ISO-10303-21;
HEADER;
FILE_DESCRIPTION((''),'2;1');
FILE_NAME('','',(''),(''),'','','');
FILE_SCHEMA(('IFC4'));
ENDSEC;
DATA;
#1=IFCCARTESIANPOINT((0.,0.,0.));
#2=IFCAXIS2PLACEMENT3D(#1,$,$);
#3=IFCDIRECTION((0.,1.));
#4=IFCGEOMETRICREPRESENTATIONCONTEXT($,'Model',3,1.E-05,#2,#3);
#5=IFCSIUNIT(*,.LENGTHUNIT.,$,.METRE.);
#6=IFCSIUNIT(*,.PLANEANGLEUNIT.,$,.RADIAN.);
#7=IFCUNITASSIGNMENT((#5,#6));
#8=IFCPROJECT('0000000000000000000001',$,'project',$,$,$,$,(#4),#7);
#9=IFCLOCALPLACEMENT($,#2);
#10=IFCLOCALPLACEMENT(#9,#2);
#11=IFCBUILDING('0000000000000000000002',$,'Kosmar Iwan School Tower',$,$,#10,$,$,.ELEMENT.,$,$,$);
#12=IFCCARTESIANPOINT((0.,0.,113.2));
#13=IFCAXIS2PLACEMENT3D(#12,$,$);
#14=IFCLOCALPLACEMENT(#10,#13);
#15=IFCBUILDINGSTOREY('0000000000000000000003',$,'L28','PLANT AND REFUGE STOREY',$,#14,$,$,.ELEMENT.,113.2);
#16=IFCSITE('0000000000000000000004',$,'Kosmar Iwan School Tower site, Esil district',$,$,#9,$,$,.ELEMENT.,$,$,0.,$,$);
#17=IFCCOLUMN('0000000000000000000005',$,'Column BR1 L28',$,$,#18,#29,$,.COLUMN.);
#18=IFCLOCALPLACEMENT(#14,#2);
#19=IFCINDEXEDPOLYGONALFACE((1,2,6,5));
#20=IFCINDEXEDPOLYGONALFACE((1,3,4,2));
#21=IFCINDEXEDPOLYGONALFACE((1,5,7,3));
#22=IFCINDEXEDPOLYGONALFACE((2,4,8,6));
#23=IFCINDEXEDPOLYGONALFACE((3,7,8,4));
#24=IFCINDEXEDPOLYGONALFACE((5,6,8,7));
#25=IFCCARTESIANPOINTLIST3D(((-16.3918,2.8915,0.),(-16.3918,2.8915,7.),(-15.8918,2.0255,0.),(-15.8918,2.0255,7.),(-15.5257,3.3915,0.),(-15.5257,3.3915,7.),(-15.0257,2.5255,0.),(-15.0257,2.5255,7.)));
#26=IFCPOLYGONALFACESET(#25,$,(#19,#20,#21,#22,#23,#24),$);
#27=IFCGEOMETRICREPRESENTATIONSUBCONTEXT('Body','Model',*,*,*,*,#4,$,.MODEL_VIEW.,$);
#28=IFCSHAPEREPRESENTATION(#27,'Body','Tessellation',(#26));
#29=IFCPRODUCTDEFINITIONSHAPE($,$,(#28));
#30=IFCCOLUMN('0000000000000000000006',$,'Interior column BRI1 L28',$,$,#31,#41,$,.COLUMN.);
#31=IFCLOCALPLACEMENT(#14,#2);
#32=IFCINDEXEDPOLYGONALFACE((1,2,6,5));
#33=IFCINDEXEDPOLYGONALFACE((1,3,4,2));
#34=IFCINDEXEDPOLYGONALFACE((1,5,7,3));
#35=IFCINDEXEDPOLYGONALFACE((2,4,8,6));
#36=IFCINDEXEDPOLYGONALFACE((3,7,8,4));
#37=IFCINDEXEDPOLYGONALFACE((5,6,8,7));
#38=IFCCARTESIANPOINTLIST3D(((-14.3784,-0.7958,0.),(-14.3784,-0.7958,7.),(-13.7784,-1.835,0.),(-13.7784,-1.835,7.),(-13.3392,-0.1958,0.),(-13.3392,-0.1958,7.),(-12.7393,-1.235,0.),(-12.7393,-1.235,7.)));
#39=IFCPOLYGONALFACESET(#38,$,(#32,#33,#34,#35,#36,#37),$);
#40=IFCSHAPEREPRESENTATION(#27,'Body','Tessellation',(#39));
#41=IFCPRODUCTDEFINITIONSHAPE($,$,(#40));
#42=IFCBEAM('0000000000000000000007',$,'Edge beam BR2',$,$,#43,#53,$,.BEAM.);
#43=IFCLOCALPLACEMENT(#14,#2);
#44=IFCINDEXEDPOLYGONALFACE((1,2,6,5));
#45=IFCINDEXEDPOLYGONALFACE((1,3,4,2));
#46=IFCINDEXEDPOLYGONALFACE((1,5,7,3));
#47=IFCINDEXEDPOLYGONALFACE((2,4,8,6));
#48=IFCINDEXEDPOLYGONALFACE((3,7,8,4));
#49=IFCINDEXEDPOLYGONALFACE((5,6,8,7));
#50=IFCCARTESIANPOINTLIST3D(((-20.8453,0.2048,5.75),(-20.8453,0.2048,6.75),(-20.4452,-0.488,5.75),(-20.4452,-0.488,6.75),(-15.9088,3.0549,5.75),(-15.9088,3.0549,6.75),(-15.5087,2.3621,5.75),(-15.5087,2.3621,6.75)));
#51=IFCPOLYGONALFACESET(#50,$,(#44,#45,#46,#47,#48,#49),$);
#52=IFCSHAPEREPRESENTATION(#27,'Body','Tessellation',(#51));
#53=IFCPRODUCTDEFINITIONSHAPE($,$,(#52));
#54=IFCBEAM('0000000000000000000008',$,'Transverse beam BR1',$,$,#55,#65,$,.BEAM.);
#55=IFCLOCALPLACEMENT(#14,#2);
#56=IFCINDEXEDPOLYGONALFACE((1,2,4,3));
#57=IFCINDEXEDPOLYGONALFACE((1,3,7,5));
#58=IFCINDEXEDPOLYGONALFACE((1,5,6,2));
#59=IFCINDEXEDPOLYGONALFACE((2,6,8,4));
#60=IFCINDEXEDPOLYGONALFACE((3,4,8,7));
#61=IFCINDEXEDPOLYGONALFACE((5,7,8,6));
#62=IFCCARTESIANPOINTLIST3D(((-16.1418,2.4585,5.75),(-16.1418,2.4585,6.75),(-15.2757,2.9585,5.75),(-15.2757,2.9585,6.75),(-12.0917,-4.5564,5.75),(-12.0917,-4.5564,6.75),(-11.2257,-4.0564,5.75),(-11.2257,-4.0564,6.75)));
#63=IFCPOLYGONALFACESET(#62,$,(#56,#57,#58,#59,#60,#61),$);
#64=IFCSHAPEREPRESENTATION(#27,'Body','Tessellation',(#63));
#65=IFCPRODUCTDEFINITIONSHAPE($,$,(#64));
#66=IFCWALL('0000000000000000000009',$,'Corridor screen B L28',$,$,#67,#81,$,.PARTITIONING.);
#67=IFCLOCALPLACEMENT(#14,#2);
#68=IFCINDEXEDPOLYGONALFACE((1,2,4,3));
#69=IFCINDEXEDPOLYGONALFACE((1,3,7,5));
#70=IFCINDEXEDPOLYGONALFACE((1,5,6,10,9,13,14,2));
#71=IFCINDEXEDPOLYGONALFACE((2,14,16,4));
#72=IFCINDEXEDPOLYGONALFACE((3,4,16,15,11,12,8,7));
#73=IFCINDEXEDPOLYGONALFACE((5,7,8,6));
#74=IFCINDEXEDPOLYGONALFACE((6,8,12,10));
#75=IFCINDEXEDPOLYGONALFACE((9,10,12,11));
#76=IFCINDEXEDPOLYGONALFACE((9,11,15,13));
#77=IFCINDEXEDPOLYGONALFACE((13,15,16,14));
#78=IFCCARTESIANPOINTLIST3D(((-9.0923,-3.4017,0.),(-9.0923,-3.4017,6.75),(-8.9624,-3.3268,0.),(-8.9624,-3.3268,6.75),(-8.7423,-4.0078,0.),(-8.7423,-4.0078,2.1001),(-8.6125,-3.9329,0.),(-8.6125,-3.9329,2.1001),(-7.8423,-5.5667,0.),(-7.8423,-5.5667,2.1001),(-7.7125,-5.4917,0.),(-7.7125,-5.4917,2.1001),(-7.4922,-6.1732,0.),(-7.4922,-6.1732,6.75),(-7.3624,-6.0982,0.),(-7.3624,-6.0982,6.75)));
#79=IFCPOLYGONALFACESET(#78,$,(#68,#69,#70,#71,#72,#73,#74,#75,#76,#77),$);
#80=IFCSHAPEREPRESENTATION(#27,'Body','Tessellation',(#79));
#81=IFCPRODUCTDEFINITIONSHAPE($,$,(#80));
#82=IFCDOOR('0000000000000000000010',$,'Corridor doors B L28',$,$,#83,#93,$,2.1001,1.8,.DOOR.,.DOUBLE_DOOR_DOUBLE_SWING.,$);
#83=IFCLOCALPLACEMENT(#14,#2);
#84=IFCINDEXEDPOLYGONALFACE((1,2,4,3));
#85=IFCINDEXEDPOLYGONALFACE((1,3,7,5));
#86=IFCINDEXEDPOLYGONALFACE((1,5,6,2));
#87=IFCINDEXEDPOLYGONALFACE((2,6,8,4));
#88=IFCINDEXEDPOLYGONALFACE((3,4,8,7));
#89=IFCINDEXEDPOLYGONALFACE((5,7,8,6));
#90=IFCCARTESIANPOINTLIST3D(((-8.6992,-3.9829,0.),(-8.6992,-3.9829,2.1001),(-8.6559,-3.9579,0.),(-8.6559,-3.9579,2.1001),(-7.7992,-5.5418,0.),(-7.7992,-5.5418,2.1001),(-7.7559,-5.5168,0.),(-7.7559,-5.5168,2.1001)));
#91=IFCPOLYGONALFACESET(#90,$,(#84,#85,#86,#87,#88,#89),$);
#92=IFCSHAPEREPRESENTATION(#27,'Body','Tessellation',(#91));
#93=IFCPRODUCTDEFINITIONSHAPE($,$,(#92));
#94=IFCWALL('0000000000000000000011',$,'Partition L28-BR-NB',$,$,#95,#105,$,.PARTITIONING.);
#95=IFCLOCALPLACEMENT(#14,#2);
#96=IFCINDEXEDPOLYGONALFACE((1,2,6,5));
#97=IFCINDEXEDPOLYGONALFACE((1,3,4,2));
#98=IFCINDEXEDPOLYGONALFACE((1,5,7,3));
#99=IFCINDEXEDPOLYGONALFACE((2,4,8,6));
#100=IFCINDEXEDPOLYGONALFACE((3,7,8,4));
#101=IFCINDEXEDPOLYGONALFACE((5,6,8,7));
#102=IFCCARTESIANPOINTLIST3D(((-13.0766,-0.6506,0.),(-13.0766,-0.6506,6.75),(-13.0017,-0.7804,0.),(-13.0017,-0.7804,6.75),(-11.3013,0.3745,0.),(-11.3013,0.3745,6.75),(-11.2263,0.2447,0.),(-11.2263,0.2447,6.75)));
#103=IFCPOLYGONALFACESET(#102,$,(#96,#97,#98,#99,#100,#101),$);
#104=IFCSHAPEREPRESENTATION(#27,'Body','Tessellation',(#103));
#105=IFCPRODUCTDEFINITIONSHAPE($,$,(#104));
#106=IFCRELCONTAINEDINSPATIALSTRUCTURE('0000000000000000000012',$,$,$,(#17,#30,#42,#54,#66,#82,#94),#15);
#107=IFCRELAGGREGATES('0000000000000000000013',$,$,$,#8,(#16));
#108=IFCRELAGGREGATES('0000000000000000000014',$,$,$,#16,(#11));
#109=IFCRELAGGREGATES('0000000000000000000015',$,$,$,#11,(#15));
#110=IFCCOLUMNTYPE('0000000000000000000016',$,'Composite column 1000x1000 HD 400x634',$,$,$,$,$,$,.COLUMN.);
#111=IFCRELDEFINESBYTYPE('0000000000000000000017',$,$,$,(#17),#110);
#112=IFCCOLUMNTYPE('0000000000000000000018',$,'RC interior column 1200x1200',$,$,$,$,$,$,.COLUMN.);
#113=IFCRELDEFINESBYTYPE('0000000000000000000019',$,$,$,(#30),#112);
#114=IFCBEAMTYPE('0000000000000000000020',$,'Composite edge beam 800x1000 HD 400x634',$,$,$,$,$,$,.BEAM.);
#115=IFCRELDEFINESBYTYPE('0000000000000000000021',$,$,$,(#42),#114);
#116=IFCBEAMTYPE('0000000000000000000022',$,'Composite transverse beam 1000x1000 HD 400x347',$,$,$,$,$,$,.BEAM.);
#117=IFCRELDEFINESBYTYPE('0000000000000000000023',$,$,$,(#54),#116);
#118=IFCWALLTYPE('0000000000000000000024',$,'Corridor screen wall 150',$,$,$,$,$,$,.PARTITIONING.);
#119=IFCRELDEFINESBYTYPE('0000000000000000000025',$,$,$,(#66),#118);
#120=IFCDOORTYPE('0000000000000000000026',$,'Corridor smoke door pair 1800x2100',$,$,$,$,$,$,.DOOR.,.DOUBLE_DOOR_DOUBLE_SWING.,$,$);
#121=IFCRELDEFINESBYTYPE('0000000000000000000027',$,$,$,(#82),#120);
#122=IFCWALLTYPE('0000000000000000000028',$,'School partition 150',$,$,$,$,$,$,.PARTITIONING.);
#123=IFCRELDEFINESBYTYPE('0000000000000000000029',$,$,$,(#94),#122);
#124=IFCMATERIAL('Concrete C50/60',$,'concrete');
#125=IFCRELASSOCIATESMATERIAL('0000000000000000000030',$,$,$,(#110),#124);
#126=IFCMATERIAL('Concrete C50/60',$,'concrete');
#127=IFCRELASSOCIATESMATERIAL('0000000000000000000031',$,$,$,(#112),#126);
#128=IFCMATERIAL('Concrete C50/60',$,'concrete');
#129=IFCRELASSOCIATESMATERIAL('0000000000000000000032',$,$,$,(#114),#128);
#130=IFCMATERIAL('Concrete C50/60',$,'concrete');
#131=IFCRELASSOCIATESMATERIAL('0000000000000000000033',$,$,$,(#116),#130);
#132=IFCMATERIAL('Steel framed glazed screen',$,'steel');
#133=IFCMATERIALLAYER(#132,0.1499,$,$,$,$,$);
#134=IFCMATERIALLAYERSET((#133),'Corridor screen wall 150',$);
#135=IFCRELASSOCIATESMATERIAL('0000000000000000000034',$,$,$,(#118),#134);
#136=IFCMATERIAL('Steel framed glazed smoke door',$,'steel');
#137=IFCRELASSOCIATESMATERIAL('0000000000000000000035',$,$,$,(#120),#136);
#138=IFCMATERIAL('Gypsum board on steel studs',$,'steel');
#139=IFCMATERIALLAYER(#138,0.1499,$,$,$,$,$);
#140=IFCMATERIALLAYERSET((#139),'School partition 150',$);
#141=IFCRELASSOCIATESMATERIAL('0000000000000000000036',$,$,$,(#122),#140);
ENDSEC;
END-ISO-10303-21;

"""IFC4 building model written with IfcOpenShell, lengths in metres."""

from ifc_helpers import new_model, si_unit, direction, frame, frame_2d, origin, origin_2d, place, context, subcontext, project, spatial, rectangle, extrude, material, layer, layer_set, material_profile, profile_set, type_object, element, fill, save


model = new_model("IFC4")

# Units and contexts
model_context = context("Model", 3, precision=1e-05, world=origin(), true_north=direction((0.0, 1.0)))
body_context = subcontext(model_context, "Body", "Model", "MODEL_VIEW")
ifc_project = project(units=[si_unit("LENGTHUNIT", "METRE"), si_unit("PLANEANGLEUNIT", "RADIAN")], contexts=[model_context])

# Site, building, storey
site_placement = place(None, origin())
site = spatial("IfcSite", under=ifc_project, at=site_placement, Name="Kosmar Iwan School Tower site, Esil district", CompositionType="ELEMENT", RefElevation=0.0)
building_placement = place(site_placement, origin())
building = spatial("IfcBuilding", under=site, at=building_placement, Name="Kosmar Iwan School Tower", CompositionType="ELEMENT")
storey_placement = place(building_placement, frame((0.0, 0.0, 113.2)))
storey = spatial("IfcBuildingStorey", under=building, at=storey_placement, Name="L28", Description="PLANT AND REFUGE STOREY", CompositionType="ELEMENT", Elevation=113.2)

# Columns
ifc_material_1 = material(Name="Concrete C50/60", Category="concrete")
ifc_material_profile_1 = material_profile(ifc_material_1, rectangle(XDim=1.0, YDim=1.0, at=origin_2d()), Name="RC 1000x1000 + HD 400x634")
ifc_profile_set_1 = profile_set([ifc_material_profile_1], Name="Concrete C50/60")
column_type_1 = type_object("IfcColumnType", Name="Composite column 1000x1000 HD 400x634", PredefinedType="COLUMN", material=ifc_profile_set_1)
column_1_placement = place(storey_placement, frame((-15.7087, 2.7085, 0.0), z_axis=(0.0, 0.0, 1.0), x_axis=(-0.866025, -0.5, 0.0)))
element("IfcColumn", 1, at=column_1_placement, inside=storey, type_object=column_type_1, Name="Column BR1 L28", PredefinedType="COLUMN", context=body_context, shape_type="SweptSolid", body=[
    extrude(rectangle(XDim=1.0, YDim=1.0, at=origin_2d()), origin(), (0.0, 0.0, 1.0), 7.0),
])
ifc_material_2 = material(Name="Concrete C50/60", Category="concrete")
ifc_material_profile_2 = material_profile(ifc_material_2, rectangle(XDim=1.2, YDim=1.2, at=origin_2d()), Name="RC 1200x1200")
ifc_profile_set_2 = profile_set([ifc_material_profile_2], Name="Concrete C50/60")
column_type_2 = type_object("IfcColumnType", Name="RC interior column 1200x1200", PredefinedType="COLUMN", material=ifc_profile_set_2)
column_2_placement = place(storey_placement, frame((-13.5588, -1.0154, 0.0), z_axis=(0.0, 0.0, 1.0), x_axis=(-0.866025, -0.5, 0.0)))
element("IfcColumn", 2, at=column_2_placement, inside=storey, type_object=column_type_2, Name="Interior column BRI1 L28", PredefinedType="COLUMN", context=body_context, shape_type="SweptSolid", body=[
    extrude(rectangle(XDim=1.2, YDim=1.2, at=origin_2d()), origin(), (0.0, 0.0, 1.0), 7.0),
])

# Beams
ifc_material_3 = material(Name="Concrete C50/60", Category="concrete")
ifc_material_profile_3 = material_profile(ifc_material_3, rectangle(XDim=0.8, YDim=1.0, at=origin_2d()), Name="RC 800x1000 + HD 400x634")
ifc_profile_set_3 = profile_set([ifc_material_profile_3], Name="Concrete C50/60")
beam_type_1 = type_object("IfcBeamType", Name="Composite edge beam 800x1000 HD 400x634", PredefinedType="BEAM", material=ifc_profile_set_3)
beam_1_placement = place(storey_placement, frame((-15.7087, 2.7085, 6.25), z_axis=(-0.866026, -0.499999, 0.0), x_axis=(0.499999, -0.866026, 0.0)))
element("IfcBeam", 3, at=beam_1_placement, inside=storey, type_object=beam_type_1, Name="Edge beam BR2", PredefinedType="BEAM", context=body_context, shape_type="SweptSolid", body=[
    extrude(rectangle(XDim=0.8, YDim=1.0, at=origin_2d()), origin(), (0.0, 0.0, 1.0), 5.7002),
])
ifc_material_4 = material(Name="Concrete C50/60", Category="concrete")
ifc_material_profile_4 = material_profile(ifc_material_4, rectangle(XDim=1.0, YDim=1.0, at=origin_2d()), Name="RC 1000x1000 + HD 400x347")
ifc_profile_set_4 = profile_set([ifc_material_profile_4], Name="Concrete C50/60")
beam_type_2 = type_object("IfcBeamType", Name="Composite transverse beam 1000x1000 HD 400x347", PredefinedType="BEAM", material=ifc_profile_set_4)
beam_2_placement = place(storey_placement, frame((-15.7087, 2.7085, 6.25), z_axis=(0.5, -0.866025, 0.0), x_axis=(0.866025, 0.5, 0.0)))
element("IfcBeam", 4, at=beam_2_placement, inside=storey, type_object=beam_type_2, Name="Transverse beam BR1", PredefinedType="BEAM", context=body_context, shape_type="SweptSolid", body=[
    extrude(rectangle(XDim=1.0, YDim=1.0, at=origin_2d()), origin(), (0.0, 0.0, 1.0), 8.1001),
])

# Wall, opening, door
ifc_material_5 = material(Name="Steel framed glazed screen", Category="steel")
ifc_layer_1 = layer(ifc_material_5, 0.1499)
ifc_layer_set_1 = layer_set([ifc_layer_1], Name="Corridor screen wall 150")
wall_type_1 = type_object("IfcWallType", Name="Corridor screen wall 150", PredefinedType="PARTITIONING", material=ifc_layer_set_1)
wall_1_placement = place(storey_placement, frame((-9.0273, -3.3643, 0.0), z_axis=(0.0, 0.0, 1.0), x_axis=(0.499995, -0.866028, 0.0)))
wall_1 = element("IfcWall", 5, at=wall_1_placement, inside=storey, type_object=wall_type_1, Name="Corridor screen B L28", PredefinedType="PARTITIONING", context=body_context, shape_type="SweptSolid", body=[
    extrude(rectangle(XDim=3.2002, YDim=0.1499, at=frame_2d((1.6001, 0.0))), origin(), (0.0, 0.0, 1.0), 6.75),
])
opening_1_placement = place(wall_1_placement, frame((0.7, 0.0, 0.0)))
opening_1 = element("IfcOpeningElement", 6, at=opening_1_placement, cuts=wall_1, PredefinedType="OPENING", context=body_context, shape_type="SweptSolid", body=[
    extrude(rectangle(XDim=1.8, YDim=2.1001, at=frame_2d((0.8999, 1.05))), frame((0.0, 0.0869, 0.0), z_axis=(0.0, -1.0, 0.0), x_axis=(1.0, 0.0, 0.0)), (0.0, 0.0, 1.0), 0.1738),
])
ifc_material_6 = material(Name="Steel framed glazed smoke door", Category="steel")
door_type_1 = type_object("IfcDoorType", Name="Corridor smoke door pair 1800x2100", OperationType="DOUBLE_DOOR_DOUBLE_SWING", PredefinedType="DOOR", material=ifc_material_6)
door_1_placement = place(opening_1_placement, origin())
door_1 = element("IfcDoor", 7, at=door_1_placement, inside=storey, type_object=door_type_1, Name="Corridor doors B L28", OperationType="DOUBLE_DOOR_DOUBLE_SWING", OverallHeight=2.1001, OverallWidth=1.8, PredefinedType="DOOR", context=body_context, shape_type="SweptSolid", body=[
    extrude(rectangle(XDim=1.8, YDim=2.1001, at=frame_2d((0.8999, 1.05))), frame((0.0, 0.0249, 0.0), z_axis=(0.0, -1.0, 0.0), x_axis=(1.0, 0.0, 0.0)), (0.0, 0.0, 1.0), 0.05),
])
fill(opening_1, door_1)

# Wall
ifc_material_7 = material(Name="Gypsum board on steel studs", Category="steel")
ifc_layer_2 = layer(ifc_material_7, 0.1499)
ifc_layer_set_2 = layer_set([ifc_layer_2], Name="School partition 150")
wall_type_2 = type_object("IfcWallType", Name="School partition 150", PredefinedType="PARTITIONING", material=ifc_layer_set_2)
wall_2_placement = place(storey_placement, frame((-11.2639, 0.3096, 0.0), z_axis=(0.0, 0.0, 1.0), x_axis=(-0.865999, -0.500045, 0.0)))
element("IfcWall", 8, at=wall_2_placement, inside=storey, type_object=wall_type_2, Name="Partition L28-BR-NB", PredefinedType="PARTITIONING", context=body_context, shape_type="SweptSolid", body=[
    extrude(rectangle(XDim=2.05, YDim=0.1499, at=frame_2d((1.0249, 0.0))), origin(), (0.0, 0.0, 1.0), 6.75),
])

save(model, "model.ifc")
